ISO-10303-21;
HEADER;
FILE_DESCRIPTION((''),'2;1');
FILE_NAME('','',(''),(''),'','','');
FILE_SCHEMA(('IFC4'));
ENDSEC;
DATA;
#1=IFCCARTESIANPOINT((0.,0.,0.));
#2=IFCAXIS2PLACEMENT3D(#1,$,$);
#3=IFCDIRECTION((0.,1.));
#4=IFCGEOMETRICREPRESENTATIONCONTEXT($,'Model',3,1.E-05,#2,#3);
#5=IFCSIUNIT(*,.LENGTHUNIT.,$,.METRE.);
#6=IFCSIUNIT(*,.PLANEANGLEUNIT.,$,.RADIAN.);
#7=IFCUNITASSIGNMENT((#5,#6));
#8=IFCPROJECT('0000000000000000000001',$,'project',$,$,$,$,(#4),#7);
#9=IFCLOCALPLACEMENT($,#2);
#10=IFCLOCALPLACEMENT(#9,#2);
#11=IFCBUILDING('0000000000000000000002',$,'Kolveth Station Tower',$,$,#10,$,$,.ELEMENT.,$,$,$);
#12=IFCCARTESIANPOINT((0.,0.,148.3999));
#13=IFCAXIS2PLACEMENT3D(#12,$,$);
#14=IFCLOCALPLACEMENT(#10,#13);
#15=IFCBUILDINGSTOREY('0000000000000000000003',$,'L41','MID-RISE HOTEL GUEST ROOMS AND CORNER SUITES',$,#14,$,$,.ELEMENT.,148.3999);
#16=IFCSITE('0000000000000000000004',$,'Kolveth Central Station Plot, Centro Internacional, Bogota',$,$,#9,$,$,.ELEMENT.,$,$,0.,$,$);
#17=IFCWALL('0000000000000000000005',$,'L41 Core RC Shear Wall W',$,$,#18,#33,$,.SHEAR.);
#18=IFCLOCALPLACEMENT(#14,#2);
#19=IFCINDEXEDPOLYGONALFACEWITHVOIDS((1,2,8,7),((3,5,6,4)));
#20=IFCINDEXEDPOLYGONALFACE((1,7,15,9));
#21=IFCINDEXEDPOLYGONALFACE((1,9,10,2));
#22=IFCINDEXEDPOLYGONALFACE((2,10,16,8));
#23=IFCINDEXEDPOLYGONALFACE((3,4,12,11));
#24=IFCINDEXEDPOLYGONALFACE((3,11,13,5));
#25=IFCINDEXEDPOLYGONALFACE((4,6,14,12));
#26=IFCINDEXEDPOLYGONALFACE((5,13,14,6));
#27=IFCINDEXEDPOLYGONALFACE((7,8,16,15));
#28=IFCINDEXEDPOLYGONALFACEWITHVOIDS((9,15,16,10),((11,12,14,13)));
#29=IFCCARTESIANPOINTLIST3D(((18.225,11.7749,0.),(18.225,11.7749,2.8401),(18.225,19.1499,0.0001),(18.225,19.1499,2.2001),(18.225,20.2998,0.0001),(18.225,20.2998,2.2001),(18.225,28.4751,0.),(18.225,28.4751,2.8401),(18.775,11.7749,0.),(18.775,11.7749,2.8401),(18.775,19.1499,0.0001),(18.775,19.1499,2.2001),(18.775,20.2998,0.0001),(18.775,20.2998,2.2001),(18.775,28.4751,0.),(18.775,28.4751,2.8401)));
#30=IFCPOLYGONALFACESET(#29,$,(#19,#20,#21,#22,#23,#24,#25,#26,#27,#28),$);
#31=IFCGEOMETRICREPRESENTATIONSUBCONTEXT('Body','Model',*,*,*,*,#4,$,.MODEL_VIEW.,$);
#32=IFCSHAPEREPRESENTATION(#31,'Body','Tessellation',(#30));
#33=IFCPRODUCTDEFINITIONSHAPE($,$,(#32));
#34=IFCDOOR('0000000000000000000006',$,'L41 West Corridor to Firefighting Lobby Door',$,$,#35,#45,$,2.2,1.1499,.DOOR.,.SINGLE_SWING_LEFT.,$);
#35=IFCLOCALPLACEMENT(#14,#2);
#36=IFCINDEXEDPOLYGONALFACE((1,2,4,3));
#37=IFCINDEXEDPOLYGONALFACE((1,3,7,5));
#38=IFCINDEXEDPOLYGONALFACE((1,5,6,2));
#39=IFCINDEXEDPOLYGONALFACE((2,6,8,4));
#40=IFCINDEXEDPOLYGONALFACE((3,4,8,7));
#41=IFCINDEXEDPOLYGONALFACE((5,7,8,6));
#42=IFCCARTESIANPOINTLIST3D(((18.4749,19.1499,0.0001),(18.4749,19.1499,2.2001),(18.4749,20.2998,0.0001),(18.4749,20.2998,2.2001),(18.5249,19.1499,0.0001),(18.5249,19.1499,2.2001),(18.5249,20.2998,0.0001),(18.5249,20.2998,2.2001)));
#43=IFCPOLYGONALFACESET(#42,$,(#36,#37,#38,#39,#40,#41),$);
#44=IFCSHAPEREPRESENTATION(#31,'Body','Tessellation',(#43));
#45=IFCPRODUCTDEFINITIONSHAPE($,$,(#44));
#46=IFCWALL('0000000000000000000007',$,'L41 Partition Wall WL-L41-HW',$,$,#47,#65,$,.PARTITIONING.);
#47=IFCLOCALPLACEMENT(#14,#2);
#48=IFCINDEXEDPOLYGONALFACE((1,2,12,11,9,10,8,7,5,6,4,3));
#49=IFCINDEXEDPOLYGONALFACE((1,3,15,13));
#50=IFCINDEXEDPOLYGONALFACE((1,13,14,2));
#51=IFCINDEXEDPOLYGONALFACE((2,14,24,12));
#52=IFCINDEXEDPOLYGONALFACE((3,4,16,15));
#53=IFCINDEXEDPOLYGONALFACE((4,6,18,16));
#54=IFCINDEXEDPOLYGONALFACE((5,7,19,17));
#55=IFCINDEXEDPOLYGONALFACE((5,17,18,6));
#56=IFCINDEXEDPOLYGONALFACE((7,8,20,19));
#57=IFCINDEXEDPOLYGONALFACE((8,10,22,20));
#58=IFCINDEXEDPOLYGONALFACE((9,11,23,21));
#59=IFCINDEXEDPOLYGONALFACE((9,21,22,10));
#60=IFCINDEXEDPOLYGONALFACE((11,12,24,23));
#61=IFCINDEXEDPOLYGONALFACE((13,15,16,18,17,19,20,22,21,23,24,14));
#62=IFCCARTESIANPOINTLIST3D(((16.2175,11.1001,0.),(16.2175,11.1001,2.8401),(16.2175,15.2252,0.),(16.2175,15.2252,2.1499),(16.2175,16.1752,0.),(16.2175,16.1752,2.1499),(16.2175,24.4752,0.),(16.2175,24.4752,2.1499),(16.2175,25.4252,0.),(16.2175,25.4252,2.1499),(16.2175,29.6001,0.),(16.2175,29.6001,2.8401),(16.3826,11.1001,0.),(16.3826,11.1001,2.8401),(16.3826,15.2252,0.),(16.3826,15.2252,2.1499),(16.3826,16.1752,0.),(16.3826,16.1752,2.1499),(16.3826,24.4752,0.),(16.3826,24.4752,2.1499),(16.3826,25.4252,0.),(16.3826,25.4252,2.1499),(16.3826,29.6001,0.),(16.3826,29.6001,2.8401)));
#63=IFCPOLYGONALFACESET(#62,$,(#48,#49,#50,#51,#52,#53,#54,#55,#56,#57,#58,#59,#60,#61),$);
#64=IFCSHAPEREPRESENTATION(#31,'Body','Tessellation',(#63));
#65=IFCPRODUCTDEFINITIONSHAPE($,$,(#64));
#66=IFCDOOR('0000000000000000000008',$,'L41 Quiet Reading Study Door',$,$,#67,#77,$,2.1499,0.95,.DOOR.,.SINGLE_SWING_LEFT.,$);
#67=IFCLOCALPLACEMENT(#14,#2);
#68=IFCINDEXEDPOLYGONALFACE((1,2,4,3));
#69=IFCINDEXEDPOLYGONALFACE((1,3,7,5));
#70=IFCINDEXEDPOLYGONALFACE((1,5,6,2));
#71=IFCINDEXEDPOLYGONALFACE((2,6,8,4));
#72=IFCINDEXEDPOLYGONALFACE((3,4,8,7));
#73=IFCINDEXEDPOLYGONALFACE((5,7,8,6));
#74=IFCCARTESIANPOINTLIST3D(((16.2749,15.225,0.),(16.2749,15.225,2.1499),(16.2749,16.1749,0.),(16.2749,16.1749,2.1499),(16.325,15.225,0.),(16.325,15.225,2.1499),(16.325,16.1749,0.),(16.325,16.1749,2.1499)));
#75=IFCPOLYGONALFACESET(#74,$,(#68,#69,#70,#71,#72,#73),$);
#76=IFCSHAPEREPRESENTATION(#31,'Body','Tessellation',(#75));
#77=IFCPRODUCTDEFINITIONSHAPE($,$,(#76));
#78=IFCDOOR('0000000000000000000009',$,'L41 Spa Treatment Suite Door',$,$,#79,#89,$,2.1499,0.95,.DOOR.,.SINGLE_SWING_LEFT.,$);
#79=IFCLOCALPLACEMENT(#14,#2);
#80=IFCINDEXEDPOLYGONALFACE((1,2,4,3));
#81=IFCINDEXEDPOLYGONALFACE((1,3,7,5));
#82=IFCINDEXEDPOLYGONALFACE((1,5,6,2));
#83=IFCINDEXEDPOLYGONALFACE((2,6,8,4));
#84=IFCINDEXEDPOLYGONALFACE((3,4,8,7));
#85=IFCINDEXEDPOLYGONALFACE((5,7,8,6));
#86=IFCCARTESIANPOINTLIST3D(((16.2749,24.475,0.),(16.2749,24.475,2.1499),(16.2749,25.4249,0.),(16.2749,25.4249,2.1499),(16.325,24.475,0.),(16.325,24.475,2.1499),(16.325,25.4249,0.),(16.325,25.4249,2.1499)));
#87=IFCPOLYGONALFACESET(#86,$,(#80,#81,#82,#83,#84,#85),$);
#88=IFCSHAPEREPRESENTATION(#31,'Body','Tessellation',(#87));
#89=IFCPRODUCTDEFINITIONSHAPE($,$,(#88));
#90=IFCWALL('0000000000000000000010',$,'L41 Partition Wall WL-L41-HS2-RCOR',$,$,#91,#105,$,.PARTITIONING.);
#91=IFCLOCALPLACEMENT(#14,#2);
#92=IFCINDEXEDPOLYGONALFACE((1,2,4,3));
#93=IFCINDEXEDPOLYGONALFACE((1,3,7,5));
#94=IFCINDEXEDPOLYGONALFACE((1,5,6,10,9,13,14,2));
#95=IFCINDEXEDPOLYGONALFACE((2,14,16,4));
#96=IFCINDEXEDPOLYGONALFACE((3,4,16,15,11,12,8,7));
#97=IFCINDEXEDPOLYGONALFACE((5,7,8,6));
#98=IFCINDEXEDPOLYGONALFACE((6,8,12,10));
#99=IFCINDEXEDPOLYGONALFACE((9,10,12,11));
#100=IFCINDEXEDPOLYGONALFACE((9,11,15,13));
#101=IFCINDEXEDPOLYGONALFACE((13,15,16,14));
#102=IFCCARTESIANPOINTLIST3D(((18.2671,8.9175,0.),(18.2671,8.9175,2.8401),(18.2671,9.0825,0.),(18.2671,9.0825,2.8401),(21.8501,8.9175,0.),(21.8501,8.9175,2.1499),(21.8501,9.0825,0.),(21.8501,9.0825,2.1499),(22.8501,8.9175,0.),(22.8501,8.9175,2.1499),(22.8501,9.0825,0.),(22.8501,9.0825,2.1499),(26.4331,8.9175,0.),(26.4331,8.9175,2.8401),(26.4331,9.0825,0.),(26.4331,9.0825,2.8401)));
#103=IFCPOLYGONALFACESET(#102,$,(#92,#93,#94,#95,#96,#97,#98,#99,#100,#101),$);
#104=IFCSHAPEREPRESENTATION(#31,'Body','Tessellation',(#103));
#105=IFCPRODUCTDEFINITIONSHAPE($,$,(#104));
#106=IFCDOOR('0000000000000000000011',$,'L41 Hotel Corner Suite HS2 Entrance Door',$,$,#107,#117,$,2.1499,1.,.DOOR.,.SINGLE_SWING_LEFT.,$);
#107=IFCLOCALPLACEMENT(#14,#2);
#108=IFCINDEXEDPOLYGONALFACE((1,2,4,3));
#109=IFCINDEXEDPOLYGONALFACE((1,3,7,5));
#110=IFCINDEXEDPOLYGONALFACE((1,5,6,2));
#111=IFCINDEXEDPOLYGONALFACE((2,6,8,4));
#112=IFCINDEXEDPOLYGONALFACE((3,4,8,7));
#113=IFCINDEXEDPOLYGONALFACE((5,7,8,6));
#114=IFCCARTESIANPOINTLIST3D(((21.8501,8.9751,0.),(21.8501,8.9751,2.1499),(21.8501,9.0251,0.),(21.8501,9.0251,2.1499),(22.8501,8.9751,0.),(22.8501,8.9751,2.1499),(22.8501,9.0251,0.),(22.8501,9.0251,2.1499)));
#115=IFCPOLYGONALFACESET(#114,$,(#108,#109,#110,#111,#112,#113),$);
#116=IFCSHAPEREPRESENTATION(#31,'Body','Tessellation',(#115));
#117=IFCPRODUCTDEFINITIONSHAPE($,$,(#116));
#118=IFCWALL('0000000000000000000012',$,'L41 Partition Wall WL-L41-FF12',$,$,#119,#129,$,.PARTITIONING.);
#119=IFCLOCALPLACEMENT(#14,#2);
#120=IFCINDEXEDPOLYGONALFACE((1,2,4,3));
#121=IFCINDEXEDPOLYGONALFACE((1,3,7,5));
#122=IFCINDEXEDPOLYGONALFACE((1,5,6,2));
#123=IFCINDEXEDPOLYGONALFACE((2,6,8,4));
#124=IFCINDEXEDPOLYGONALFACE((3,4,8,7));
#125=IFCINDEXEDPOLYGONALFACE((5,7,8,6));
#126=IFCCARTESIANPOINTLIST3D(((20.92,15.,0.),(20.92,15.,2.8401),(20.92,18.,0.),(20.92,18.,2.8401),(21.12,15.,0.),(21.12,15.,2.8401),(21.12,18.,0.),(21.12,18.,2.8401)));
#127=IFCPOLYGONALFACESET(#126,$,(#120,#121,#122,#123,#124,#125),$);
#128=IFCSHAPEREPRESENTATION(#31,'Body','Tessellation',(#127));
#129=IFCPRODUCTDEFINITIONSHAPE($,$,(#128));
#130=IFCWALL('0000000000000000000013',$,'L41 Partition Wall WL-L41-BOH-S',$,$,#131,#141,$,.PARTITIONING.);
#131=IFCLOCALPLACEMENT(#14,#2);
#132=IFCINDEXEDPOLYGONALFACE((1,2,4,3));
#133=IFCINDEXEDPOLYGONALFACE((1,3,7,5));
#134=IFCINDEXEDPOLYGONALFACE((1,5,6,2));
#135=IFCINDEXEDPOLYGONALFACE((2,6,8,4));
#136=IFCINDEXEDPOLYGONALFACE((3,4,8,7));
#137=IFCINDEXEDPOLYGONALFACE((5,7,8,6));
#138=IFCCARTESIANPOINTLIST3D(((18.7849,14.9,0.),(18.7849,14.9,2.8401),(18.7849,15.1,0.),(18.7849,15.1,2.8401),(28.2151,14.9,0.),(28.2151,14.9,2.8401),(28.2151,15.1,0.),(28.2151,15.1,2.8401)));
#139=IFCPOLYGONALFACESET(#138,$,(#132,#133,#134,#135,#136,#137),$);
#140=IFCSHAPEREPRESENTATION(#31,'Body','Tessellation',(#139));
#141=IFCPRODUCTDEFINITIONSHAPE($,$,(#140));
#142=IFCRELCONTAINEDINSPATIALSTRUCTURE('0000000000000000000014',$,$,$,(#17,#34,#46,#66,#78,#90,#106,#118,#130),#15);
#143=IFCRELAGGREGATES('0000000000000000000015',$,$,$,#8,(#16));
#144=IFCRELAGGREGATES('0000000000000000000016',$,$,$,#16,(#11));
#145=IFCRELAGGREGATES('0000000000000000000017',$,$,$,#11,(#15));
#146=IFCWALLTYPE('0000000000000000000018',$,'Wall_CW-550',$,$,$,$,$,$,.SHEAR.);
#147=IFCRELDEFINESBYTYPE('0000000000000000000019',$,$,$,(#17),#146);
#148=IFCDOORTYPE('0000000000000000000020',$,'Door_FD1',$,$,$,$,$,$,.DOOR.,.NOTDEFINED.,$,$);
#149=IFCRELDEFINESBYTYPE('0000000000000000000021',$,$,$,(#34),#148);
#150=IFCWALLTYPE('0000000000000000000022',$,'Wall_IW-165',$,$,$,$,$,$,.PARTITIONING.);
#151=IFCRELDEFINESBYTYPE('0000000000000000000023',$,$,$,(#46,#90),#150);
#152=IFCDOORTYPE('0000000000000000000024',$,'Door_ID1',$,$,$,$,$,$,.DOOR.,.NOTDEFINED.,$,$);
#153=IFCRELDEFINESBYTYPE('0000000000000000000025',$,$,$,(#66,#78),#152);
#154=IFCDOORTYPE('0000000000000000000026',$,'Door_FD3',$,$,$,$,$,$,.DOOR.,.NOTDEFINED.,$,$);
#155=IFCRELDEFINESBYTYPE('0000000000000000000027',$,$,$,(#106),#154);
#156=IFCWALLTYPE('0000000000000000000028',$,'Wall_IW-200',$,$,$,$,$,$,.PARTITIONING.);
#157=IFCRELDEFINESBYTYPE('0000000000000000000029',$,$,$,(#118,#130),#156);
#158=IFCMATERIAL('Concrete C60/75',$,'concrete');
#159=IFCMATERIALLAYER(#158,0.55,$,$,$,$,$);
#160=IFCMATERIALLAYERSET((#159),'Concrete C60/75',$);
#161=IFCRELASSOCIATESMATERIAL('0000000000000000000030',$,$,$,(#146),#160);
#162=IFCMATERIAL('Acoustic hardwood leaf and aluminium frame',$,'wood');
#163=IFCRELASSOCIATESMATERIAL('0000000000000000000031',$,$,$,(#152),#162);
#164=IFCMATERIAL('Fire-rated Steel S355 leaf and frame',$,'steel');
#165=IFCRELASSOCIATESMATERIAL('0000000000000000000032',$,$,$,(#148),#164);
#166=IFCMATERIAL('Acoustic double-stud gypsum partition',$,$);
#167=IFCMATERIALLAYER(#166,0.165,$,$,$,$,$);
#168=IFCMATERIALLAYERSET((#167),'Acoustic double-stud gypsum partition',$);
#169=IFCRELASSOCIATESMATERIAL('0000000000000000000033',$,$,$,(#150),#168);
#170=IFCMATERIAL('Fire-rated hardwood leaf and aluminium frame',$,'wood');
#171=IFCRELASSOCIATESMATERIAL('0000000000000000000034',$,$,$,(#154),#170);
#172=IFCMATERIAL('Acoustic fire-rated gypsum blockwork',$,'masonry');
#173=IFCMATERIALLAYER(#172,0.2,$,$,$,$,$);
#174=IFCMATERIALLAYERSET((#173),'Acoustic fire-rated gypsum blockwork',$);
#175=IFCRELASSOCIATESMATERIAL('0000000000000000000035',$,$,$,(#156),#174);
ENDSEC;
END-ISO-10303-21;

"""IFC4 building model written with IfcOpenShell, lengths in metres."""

from ifc_helpers import new_model, si_unit, direction, frame, frame_2d, origin, place, context, subcontext, project, spatial, rectangle, extrude, material, layer, layer_set, type_object, element, fill, save


model = new_model("IFC4")

# Units and contexts
model_context = context("Model", 3, precision=1e-05, world=origin(), true_north=direction((0.0, 1.0)))
body_context = subcontext(model_context, "Body", "Model", "MODEL_VIEW")
ifc_project = project(units=[si_unit("LENGTHUNIT", "METRE"), si_unit("PLANEANGLEUNIT", "RADIAN")], contexts=[model_context])

# Site, building, storey
site_placement = place(None, origin())
site = spatial("IfcSite", under=ifc_project, at=site_placement, Name="Kolveth Central Station Plot, Centro Internacional, Bogota", CompositionType="ELEMENT", RefElevation=0.0)
building_placement = place(site_placement, origin())
building = spatial("IfcBuilding", under=site, at=building_placement, Name="Kolveth Station Tower", CompositionType="ELEMENT")
storey_placement = place(building_placement, frame((0.0, 0.0, 148.3999)))
storey = spatial("IfcBuildingStorey", under=building, at=storey_placement, Name="L41", Description="MID-RISE HOTEL GUEST ROOMS AND CORNER SUITES", CompositionType="ELEMENT", Elevation=148.3999)

# Shared definitions
ifc_material_1 = material(Name="Concrete C60/75", Category="concrete")

# Shared definitions
ifc_layer_1 = layer(ifc_material_1, 0.55)
ifc_layer_set_1 = layer_set([ifc_layer_1], Name="Concrete C60/75")
wall_type_1 = type_object("IfcWallType", Name="Wall_CW-550", PredefinedType="SHEAR", material=ifc_layer_set_1)
ifc_material_2 = material(Name="Acoustic hardwood leaf and aluminium frame", Category="wood")
door_type_1 = type_object("IfcDoorType", Name="Door_ID1", OperationType="NOTDEFINED", PredefinedType="DOOR", material=ifc_material_2)

# Wall, opening, door
wall_1_placement = place(storey_placement, frame((18.5, 11.7749, 0.0), z_axis=(0.0, 0.0, 1.0), x_axis=(0.0, 1.0, 0.0)))
wall_1 = element("IfcWall", 1, at=wall_1_placement, inside=storey, type_object=wall_type_1, Name="L41 Core RC Shear Wall W", PredefinedType="SHEAR", context=body_context, shape_type="SweptSolid", body=[
    extrude(rectangle(XDim=16.7002, YDim=0.55, at=frame_2d((8.3501, 0.0))), origin(), (0.0, 0.0, 1.0), 2.8401),
])
opening_1_placement = place(wall_1_placement, frame((7.375, 0.0, 0.0)))
opening_1 = element("IfcOpeningElement", 2, at=opening_1_placement, cuts=wall_1, PredefinedType="OPENING", context=body_context, shape_type="SweptSolid", body=[
    extrude(rectangle(XDim=1.1499, YDim=2.2, at=frame_2d((0.575, 1.1001))), frame((0.0, 0.2849, 0.0), z_axis=(0.0, -1.0, 0.0), x_axis=(1.0, 0.0, 0.0)), (0.0, 0.0, 1.0), 0.5701),
])
ifc_material_3 = material(Name="Fire-rated Steel S355 leaf and frame", Category="steel")
door_type_2 = type_object("IfcDoorType", Name="Door_FD1", OperationType="NOTDEFINED", PredefinedType="DOOR", material=ifc_material_3)
door_1_placement = place(opening_1_placement, frame((1.1499, 0.0, 0.0), z_axis=(0.0, 0.0, 1.0), x_axis=(-1.0, 0.0, 0.0)))
door_1 = element("IfcDoor", 3, at=door_1_placement, inside=storey, type_object=door_type_2, Name="L41 West Corridor to Firefighting Lobby Door", OperationType="SINGLE_SWING_LEFT", OverallHeight=2.2, OverallWidth=1.1499, PredefinedType="DOOR", context=body_context, shape_type="SweptSolid", body=[
    extrude(rectangle(XDim=1.1499, YDim=2.2, at=frame_2d((0.575, 1.1001))), frame((0.0, 0.0249, 0.0), z_axis=(0.0, -1.0, 0.0), x_axis=(1.0, 0.0, 0.0)), (0.0, 0.0, 1.0), 0.05),
])
fill(opening_1, door_1)

# Wall, openings, doors
ifc_material_4 = material(Name="Acoustic double-stud gypsum partition")
ifc_layer_2 = layer(ifc_material_4, 0.165)
ifc_layer_set_2 = layer_set([ifc_layer_2], Name="Acoustic double-stud gypsum partition")
wall_type_2 = type_object("IfcWallType", Name="Wall_IW-165", PredefinedType="PARTITIONING", material=ifc_layer_set_2)
wall_2_placement = place(storey_placement, frame((16.3, 11.1001, 0.0), z_axis=(0.0, 0.0, 1.0), x_axis=(0.0, 1.0, 0.0)))
wall_2 = element("IfcWall", 4, at=wall_2_placement, inside=storey, type_object=wall_type_2, Name="L41 Partition Wall WL-L41-HW", PredefinedType="PARTITIONING", context=body_context, shape_type="SweptSolid", body=[
    extrude(rectangle(XDim=18.5, YDim=0.165, at=frame_2d((9.25, 0.0))), origin(), (0.0, 0.0, 1.0), 2.8401),
])
opening_2_placement = place(wall_2_placement, frame((4.125, 0.0, 0.0)))
opening_2 = element("IfcOpeningElement", 5, at=opening_2_placement, cuts=wall_2, PredefinedType="OPENING", context=body_context, shape_type="SweptSolid", body=[
    extrude(rectangle(XDim=0.95, YDim=2.1499, at=frame_2d((0.4751, 1.075))), frame((0.0, 0.0925, 0.0), z_axis=(0.0, -1.0, 0.0), x_axis=(1.0, 0.0, 0.0)), (0.0, 0.0, 1.0), 0.1851),
])
opening_3_placement = place(wall_2_placement, frame((13.375, 0.0, 0.0)))
opening_3 = element("IfcOpeningElement", 6, at=opening_3_placement, cuts=wall_2, PredefinedType="OPENING", context=body_context, shape_type="SweptSolid", body=[
    extrude(rectangle(XDim=0.95, YDim=2.1499, at=frame_2d((0.4751, 1.075))), frame((0.0, 0.0925, 0.0), z_axis=(0.0, -1.0, 0.0), x_axis=(1.0, 0.0, 0.0)), (0.0, 0.0, 1.0), 0.1851),
])
door_2_placement = place(opening_2_placement, frame((0.95, 0.0, 0.0), z_axis=(0.0, 0.0, 1.0), x_axis=(-1.0, 0.0, 0.0)))
door_2 = element("IfcDoor", 7, at=door_2_placement, inside=storey, type_object=door_type_1, Name="L41 Quiet Reading Study Door", OperationType="SINGLE_SWING_LEFT", OverallHeight=2.1499, OverallWidth=0.95, PredefinedType="DOOR", context=body_context, shape_type="SweptSolid", body=[
    extrude(rectangle(XDim=0.95, YDim=2.1499, at=frame_2d((0.4751, 1.075))), frame((0.0, 0.0249, 0.0), z_axis=(0.0, -1.0, 0.0), x_axis=(1.0, 0.0, 0.0)), (0.0, 0.0, 1.0), 0.05),
])
fill(opening_2, door_2)
door_3_placement = place(opening_3_placement, frame((0.95, 0.0, 0.0), z_axis=(0.0, 0.0, 1.0), x_axis=(-1.0, 0.0, 0.0)))
door_3 = element("IfcDoor", 8, at=door_3_placement, inside=storey, type_object=door_type_1, Name="L41 Spa Treatment Suite Door", OperationType="SINGLE_SWING_LEFT", OverallHeight=2.1499, OverallWidth=0.95, PredefinedType="DOOR", context=body_context, shape_type="SweptSolid", body=[
    extrude(rectangle(XDim=0.95, YDim=2.1499, at=frame_2d((0.4751, 1.075))), frame((0.0, 0.0249, 0.0), z_axis=(0.0, -1.0, 0.0), x_axis=(1.0, 0.0, 0.0)), (0.0, 0.0, 1.0), 0.05),
])
fill(opening_3, door_3)

# Wall, opening, door
wall_3_placement = place(storey_placement, frame((18.2671, 9.0, 0.0), z_axis=(0.0, 0.0, 1.0), x_axis=(1.0, 0.0, 0.0)))
wall_3 = element("IfcWall", 9, at=wall_3_placement, inside=storey, type_object=wall_type_2, Name="L41 Partition Wall WL-L41-HS2-RCOR", PredefinedType="PARTITIONING", context=body_context, shape_type="SweptSolid", body=[
    extrude(rectangle(XDim=8.166, YDim=0.165, at=frame_2d((4.083, 0.0))), origin(), (0.0, 0.0, 1.0), 2.8401),
])
opening_4_placement = place(wall_3_placement, frame((3.583, 0.0, 0.0)))
opening_4 = element("IfcOpeningElement", 10, at=opening_4_placement, cuts=wall_3, PredefinedType="OPENING", context=body_context, shape_type="SweptSolid", body=[
    extrude(rectangle(XDim=1.0, YDim=2.1499, at=frame_2d((0.5, 1.075))), frame((0.0, 0.0925, 0.0), z_axis=(0.0, -1.0, 0.0), x_axis=(1.0, 0.0, 0.0)), (0.0, 0.0, 1.0), 0.1851),
])
ifc_material_5 = material(Name="Fire-rated hardwood leaf and aluminium frame", Category="wood")
door_type_3 = type_object("IfcDoorType", Name="Door_FD3", OperationType="NOTDEFINED", PredefinedType="DOOR", material=ifc_material_5)
door_4_placement = place(opening_4_placement, frame((1.0, 0.0, 0.0), z_axis=(0.0, 0.0, 1.0), x_axis=(-1.0, 0.0, 0.0)))
door_4 = element("IfcDoor", 11, at=door_4_placement, inside=storey, type_object=door_type_3, Name="L41 Hotel Corner Suite HS2 Entrance Door", OperationType="SINGLE_SWING_LEFT", OverallHeight=2.1499, OverallWidth=1.0, PredefinedType="DOOR", context=body_context, shape_type="SweptSolid", body=[
    extrude(rectangle(XDim=1.0, YDim=2.1499, at=frame_2d((0.5, 1.075))), frame((0.0, 0.0249, 0.0), z_axis=(0.0, -1.0, 0.0), x_axis=(1.0, 0.0, 0.0)), (0.0, 0.0, 1.0), 0.05),
])
fill(opening_4, door_4)

# Walls
ifc_material_6 = material(Name="Acoustic fire-rated gypsum blockwork", Category="masonry")
ifc_layer_3 = layer(ifc_material_6, 0.2)
ifc_layer_set_3 = layer_set([ifc_layer_3], Name="Acoustic fire-rated gypsum blockwork")
wall_type_3 = type_object("IfcWallType", Name="Wall_IW-200", PredefinedType="PARTITIONING", material=ifc_layer_set_3)
wall_4_placement = place(storey_placement, frame((21.02, 15.0, 0.0), z_axis=(0.0, 0.0, 1.0), x_axis=(0.0, 1.0, 0.0)))
element("IfcWall", 12, at=wall_4_placement, inside=storey, type_object=wall_type_3, Name="L41 Partition Wall WL-L41-FF12", PredefinedType="PARTITIONING", context=body_context, shape_type="SweptSolid", body=[
    extrude(rectangle(XDim=3.0, YDim=0.2, at=frame_2d((1.5, 0.0))), origin(), (0.0, 0.0, 1.0), 2.8401),
])
wall_5_placement = place(storey_placement, frame((18.7849, 15.0, 0.0), z_axis=(0.0, 0.0, 1.0), x_axis=(1.0, 0.0, 0.0)))
element("IfcWall", 13, at=wall_5_placement, inside=storey, type_object=wall_type_3, Name="L41 Partition Wall WL-L41-BOH-S", PredefinedType="PARTITIONING", context=body_context, shape_type="SweptSolid", body=[
    extrude(rectangle(XDim=9.4302, YDim=0.2, at=frame_2d((4.7151, 0.0))), origin(), (0.0, 0.0, 1.0), 2.8401),
])

save(model, "model.ifc")
